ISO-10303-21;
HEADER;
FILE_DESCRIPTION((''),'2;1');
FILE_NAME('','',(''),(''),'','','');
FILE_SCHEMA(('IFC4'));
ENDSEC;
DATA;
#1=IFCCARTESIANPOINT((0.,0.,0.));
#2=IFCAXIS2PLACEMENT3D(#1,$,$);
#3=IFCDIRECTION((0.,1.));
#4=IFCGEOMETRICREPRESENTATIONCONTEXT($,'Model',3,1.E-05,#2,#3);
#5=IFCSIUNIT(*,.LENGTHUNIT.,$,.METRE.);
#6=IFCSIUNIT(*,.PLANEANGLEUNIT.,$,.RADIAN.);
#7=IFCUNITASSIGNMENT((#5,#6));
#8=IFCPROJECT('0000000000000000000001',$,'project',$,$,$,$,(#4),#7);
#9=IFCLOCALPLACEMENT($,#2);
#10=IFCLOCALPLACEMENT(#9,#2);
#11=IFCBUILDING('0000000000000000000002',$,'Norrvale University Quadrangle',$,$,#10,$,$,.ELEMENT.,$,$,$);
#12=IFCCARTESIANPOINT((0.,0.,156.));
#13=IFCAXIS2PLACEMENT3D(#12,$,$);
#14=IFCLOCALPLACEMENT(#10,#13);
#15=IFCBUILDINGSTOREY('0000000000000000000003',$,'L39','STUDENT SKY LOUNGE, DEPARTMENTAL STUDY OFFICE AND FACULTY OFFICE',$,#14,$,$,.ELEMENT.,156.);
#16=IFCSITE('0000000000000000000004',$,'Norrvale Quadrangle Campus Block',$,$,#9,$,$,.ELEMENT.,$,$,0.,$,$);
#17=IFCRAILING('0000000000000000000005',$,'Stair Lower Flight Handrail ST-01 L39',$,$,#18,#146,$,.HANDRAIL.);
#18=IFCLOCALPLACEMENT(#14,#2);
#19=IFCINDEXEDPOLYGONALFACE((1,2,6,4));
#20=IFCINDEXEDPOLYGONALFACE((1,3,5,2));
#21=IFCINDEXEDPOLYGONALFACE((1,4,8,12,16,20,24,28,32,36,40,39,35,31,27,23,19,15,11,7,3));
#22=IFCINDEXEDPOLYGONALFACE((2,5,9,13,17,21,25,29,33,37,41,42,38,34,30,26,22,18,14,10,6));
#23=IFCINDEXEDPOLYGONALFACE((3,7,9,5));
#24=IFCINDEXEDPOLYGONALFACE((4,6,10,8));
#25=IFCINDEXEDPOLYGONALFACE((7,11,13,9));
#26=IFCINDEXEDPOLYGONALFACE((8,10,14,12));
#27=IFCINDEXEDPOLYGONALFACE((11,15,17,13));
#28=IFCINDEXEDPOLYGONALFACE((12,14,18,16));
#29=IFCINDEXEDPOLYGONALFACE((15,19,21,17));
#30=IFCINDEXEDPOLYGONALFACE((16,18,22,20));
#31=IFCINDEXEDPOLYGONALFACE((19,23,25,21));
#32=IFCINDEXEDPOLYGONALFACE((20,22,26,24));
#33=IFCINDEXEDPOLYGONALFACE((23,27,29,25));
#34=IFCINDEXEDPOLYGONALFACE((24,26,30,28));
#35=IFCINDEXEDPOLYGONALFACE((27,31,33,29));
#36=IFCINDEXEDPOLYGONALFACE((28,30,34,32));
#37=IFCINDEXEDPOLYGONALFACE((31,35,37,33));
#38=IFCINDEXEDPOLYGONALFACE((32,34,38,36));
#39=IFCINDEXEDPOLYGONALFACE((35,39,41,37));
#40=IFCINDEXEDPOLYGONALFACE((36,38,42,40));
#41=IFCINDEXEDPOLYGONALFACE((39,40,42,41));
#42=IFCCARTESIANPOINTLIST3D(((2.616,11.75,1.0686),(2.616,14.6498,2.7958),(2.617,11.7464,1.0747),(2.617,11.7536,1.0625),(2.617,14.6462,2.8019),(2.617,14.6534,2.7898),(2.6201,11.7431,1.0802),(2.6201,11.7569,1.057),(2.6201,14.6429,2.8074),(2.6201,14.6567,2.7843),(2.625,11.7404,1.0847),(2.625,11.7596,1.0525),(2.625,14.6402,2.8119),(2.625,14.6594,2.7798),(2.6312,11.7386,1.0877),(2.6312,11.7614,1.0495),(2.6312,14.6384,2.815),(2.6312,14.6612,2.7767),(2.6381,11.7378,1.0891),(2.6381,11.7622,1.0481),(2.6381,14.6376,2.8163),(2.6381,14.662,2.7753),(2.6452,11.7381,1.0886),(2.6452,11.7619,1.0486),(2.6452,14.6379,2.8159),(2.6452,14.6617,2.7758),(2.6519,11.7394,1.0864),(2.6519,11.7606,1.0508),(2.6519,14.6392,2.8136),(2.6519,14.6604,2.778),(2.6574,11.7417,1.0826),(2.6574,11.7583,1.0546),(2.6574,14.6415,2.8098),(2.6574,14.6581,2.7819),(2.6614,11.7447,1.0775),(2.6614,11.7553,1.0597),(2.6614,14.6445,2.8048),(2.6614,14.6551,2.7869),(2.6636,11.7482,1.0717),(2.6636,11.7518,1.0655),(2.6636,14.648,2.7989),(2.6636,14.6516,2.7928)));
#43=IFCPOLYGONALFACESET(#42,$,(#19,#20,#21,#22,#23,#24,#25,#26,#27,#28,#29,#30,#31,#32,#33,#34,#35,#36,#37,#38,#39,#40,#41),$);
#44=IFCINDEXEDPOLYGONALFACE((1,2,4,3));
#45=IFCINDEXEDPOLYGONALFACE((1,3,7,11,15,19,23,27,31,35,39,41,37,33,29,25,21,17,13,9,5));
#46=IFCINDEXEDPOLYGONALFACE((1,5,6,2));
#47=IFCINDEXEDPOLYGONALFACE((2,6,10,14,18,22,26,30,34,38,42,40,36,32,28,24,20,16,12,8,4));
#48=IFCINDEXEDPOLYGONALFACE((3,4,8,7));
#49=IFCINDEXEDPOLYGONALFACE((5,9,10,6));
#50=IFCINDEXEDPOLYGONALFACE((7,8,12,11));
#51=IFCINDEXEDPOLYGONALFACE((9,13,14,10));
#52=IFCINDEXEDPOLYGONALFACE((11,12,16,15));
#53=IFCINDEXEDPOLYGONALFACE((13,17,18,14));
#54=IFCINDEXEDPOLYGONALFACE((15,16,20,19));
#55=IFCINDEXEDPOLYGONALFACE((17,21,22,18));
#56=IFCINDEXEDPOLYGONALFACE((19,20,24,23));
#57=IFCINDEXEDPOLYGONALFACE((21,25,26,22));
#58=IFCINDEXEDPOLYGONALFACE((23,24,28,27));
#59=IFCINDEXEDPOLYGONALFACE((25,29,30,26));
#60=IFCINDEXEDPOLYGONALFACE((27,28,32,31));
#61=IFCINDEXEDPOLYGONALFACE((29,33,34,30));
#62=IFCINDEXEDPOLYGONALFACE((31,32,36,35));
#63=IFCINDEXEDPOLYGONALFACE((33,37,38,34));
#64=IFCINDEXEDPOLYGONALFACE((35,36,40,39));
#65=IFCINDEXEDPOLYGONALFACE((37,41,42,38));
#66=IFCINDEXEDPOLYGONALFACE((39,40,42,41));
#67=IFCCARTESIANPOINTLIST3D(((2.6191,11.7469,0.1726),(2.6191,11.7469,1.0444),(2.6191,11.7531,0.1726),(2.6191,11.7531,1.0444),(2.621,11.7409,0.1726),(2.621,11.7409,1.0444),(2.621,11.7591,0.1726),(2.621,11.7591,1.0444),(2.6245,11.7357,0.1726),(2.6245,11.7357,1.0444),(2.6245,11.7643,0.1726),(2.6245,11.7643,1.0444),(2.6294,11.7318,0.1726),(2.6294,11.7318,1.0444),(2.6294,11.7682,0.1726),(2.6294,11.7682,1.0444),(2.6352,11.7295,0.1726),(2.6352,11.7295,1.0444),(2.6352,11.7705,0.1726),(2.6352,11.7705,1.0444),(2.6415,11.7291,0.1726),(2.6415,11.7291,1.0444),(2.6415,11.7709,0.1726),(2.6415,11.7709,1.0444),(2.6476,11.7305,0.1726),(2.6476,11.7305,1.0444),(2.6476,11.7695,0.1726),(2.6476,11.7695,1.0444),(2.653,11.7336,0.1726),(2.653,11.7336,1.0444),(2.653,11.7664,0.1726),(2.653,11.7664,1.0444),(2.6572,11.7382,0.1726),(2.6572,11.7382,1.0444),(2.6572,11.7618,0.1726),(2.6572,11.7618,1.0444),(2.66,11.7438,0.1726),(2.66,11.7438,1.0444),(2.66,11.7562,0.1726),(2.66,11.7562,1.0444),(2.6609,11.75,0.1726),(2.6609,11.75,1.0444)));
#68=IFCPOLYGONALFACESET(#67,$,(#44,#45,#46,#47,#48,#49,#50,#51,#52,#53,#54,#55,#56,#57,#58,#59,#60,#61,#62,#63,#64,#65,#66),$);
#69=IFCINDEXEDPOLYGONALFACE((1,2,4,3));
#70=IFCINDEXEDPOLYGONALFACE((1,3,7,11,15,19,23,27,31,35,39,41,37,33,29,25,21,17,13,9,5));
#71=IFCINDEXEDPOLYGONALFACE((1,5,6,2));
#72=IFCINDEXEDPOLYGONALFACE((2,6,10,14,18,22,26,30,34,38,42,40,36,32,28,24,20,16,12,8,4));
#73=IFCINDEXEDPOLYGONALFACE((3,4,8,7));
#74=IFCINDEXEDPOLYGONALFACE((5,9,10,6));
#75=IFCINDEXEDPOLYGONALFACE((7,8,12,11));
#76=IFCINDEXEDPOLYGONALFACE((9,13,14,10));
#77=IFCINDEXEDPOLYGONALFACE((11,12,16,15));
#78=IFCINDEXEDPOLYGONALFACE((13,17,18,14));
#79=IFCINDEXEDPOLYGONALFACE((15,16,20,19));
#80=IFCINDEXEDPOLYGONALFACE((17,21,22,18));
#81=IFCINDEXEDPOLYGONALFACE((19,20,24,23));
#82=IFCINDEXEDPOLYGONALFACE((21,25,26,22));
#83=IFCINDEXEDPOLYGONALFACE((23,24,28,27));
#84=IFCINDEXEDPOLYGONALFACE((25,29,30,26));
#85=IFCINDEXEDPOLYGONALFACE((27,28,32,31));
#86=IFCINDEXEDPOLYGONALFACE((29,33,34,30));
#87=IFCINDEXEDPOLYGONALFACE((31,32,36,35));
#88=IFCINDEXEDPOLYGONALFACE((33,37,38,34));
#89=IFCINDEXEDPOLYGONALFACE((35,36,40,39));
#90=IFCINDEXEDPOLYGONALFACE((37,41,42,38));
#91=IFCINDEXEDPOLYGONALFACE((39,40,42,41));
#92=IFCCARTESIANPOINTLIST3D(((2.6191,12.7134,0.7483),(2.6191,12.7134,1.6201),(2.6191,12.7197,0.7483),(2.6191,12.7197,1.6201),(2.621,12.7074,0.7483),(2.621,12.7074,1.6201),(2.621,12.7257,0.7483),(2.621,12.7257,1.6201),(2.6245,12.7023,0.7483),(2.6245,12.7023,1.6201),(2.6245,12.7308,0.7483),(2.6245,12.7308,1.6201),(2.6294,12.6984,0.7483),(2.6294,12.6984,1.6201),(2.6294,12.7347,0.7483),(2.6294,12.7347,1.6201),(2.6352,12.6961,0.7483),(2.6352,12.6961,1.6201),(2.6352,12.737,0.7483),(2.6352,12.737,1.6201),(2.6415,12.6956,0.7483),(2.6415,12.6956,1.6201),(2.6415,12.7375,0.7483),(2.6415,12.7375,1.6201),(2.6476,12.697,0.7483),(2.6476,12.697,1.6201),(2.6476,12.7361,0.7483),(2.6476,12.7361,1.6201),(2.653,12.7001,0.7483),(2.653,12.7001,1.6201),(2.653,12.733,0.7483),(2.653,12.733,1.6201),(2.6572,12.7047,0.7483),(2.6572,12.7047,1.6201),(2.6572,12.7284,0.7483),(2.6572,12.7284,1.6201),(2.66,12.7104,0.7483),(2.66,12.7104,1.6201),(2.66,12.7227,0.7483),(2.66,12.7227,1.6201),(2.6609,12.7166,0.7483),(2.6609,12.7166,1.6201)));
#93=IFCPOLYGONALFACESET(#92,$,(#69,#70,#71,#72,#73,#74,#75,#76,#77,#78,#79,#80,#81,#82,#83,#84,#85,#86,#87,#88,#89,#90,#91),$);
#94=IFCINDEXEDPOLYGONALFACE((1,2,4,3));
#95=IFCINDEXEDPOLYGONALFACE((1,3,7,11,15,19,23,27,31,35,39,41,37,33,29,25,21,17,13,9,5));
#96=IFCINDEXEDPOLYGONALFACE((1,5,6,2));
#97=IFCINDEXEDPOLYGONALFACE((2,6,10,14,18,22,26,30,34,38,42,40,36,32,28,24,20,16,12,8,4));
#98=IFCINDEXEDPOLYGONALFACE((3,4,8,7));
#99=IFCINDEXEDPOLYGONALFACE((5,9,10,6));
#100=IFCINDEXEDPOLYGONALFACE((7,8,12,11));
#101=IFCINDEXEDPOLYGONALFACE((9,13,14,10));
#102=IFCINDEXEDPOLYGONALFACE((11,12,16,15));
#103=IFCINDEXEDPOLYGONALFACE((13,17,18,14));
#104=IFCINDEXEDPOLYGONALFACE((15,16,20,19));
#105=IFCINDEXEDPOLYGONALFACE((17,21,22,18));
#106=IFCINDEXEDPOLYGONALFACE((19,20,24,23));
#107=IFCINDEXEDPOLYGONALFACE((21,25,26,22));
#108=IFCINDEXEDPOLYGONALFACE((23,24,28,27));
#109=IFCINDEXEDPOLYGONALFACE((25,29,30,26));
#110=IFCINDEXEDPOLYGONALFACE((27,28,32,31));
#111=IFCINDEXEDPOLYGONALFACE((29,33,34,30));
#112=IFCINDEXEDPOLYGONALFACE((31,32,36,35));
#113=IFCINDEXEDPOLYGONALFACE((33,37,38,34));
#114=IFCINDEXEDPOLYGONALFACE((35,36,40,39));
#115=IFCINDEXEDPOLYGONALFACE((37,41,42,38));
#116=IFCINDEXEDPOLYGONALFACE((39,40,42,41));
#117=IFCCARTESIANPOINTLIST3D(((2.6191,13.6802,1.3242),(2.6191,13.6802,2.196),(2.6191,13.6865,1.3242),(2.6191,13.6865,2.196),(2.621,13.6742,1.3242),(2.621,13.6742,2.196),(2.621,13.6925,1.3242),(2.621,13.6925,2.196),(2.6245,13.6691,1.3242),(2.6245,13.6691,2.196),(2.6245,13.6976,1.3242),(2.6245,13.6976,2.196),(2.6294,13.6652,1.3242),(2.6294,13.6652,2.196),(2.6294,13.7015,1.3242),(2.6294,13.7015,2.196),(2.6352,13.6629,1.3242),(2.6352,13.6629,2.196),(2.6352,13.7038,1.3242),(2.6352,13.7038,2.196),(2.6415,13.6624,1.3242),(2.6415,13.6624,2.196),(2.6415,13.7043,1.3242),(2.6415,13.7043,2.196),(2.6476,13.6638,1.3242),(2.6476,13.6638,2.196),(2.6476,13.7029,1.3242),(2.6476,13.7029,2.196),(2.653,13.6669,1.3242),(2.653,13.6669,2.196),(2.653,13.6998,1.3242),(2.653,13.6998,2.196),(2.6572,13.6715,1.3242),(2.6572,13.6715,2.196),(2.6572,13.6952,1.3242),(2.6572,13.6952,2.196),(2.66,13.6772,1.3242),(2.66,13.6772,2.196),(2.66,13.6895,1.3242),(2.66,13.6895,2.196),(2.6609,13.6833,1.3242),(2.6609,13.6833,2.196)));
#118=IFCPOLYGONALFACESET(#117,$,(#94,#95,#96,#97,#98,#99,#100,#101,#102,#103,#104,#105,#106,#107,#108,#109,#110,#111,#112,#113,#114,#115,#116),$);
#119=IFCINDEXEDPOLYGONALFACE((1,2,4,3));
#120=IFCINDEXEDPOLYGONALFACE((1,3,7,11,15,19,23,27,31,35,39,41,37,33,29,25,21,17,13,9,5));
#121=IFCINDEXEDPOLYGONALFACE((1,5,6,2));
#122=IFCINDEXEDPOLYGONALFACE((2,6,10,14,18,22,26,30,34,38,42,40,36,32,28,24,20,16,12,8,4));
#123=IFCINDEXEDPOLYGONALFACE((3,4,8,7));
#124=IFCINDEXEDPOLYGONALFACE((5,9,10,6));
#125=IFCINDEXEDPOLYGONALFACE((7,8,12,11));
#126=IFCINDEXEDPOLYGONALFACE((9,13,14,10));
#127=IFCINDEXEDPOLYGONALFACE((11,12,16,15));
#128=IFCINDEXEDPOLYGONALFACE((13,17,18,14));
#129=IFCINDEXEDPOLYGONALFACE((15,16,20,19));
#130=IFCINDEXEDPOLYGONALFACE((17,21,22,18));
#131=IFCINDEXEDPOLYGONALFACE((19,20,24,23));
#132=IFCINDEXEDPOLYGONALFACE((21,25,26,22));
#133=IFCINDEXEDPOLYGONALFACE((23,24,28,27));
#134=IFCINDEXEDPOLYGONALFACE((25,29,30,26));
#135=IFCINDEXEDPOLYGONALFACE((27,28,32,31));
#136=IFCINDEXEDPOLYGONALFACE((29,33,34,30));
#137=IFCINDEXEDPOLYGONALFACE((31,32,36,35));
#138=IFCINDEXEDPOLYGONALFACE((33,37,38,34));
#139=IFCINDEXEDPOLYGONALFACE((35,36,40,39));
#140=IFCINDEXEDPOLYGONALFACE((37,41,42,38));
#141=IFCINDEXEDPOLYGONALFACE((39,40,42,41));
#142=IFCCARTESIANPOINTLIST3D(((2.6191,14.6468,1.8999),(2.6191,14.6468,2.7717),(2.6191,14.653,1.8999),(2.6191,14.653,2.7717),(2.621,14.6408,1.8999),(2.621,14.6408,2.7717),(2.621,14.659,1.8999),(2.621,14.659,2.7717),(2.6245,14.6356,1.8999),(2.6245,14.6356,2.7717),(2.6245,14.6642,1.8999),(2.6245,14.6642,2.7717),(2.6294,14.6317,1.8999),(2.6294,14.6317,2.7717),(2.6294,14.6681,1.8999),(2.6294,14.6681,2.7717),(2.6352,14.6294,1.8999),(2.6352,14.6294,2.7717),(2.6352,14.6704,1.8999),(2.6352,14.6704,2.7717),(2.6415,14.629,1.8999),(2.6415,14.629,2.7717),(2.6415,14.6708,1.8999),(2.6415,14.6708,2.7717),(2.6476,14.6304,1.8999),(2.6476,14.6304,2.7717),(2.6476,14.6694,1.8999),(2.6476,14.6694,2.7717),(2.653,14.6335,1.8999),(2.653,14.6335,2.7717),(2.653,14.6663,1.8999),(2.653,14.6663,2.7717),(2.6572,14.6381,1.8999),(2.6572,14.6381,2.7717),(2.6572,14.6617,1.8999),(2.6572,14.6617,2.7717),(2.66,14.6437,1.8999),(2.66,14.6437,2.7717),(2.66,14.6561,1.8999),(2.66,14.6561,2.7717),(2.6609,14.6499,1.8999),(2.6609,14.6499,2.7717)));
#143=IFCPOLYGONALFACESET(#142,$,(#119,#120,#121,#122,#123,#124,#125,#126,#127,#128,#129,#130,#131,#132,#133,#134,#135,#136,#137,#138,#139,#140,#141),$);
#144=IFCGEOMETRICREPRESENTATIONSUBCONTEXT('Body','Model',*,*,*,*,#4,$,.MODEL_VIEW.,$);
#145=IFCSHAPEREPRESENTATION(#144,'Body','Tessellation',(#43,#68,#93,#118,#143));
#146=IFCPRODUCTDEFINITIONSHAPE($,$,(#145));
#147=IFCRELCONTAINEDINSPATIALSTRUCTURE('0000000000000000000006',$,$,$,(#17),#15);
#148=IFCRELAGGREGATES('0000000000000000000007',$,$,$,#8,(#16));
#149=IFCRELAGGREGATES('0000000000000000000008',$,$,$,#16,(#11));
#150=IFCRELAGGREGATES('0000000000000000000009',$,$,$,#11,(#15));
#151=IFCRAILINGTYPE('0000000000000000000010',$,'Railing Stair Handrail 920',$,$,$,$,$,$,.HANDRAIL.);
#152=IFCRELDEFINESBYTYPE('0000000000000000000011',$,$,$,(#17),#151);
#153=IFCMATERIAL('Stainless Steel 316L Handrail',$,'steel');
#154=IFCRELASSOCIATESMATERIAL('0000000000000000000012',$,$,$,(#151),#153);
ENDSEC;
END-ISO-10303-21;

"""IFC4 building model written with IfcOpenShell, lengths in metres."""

from ifc_helpers import new_model, si_unit, direction, frame, origin, origin_2d, place, context, subcontext, project, spatial, circle, extrude, material, type_object, element, save


model = new_model("IFC4")

# Units and contexts
model_context = context("Model", 3, precision=1e-05, world=origin(), true_north=direction((0.0, 1.0)))
body_context = subcontext(model_context, "Body", "Model", "MODEL_VIEW")
ifc_project = project(units=[si_unit("LENGTHUNIT", "METRE"), si_unit("PLANEANGLEUNIT", "RADIAN")], contexts=[model_context])

# Site, building, storey
site_placement = place(None, origin())
site = spatial("IfcSite", under=ifc_project, at=site_placement, Name="Norrvale Quadrangle Campus Block", CompositionType="ELEMENT", RefElevation=0.0)
building_placement = place(site_placement, origin())
building = spatial("IfcBuilding", under=site, at=building_placement, Name="Norrvale University Quadrangle", CompositionType="ELEMENT")
storey_placement = place(building_placement, frame((0.0, 0.0, 156.0)))
storey = spatial("IfcBuildingStorey", under=building, at=storey_placement, Name="L39", Description="STUDENT SKY LOUNGE, DEPARTMENTAL STUDY OFFICE AND FACULTY OFFICE", CompositionType="ELEMENT", Elevation=156.0)

# Railing
ifc_material_1 = material(Name="Stainless Steel 316L Handrail", Category="steel")
railing_type_1 = type_object("IfcRailingType", Name="Railing Stair Handrail 920", PredefinedType="HANDRAIL", material=ifc_material_1)
for number, where, name in (
    (1, (2.6399, 11.75, 0.1726), "Stair Lower Flight Handrail ST-01 L39"),
):
    element("IfcRailing", number, at=place(storey_placement, frame(where)), inside=storey, type_object=railing_type_1, Name=name, PredefinedType="HANDRAIL", context=body_context, shape_type="SweptSolid", body=[
        extrude(circle(Radius=0.0239, at=origin_2d()), frame((0.0, 0.0, 0.896), z_axis=(0.0, 0.859141, 0.511738), x_axis=(-1.0, 0.0, 0.0)), (0.0, 0.0, 1.0), 3.3752),
        extrude(circle(Radius=0.021, at=origin_2d()), origin(), (0.0, 0.0, 1.0), 0.8718),
        extrude(circle(Radius=0.021, at=origin_2d()), frame((0.0, 0.9666, 0.5757)), (0.0, 0.0, 1.0), 0.8718),
        extrude(circle(Radius=0.021, at=origin_2d()), frame((0.0, 1.9333, 1.1516)), (0.0, 0.0, 1.0), 0.8718),
        extrude(circle(Radius=0.021, at=origin_2d()), frame((0.0, 2.8999, 1.7273)), (0.0, 0.0, 1.0), 0.8718),
    ])

save(model, "model.ifc")
